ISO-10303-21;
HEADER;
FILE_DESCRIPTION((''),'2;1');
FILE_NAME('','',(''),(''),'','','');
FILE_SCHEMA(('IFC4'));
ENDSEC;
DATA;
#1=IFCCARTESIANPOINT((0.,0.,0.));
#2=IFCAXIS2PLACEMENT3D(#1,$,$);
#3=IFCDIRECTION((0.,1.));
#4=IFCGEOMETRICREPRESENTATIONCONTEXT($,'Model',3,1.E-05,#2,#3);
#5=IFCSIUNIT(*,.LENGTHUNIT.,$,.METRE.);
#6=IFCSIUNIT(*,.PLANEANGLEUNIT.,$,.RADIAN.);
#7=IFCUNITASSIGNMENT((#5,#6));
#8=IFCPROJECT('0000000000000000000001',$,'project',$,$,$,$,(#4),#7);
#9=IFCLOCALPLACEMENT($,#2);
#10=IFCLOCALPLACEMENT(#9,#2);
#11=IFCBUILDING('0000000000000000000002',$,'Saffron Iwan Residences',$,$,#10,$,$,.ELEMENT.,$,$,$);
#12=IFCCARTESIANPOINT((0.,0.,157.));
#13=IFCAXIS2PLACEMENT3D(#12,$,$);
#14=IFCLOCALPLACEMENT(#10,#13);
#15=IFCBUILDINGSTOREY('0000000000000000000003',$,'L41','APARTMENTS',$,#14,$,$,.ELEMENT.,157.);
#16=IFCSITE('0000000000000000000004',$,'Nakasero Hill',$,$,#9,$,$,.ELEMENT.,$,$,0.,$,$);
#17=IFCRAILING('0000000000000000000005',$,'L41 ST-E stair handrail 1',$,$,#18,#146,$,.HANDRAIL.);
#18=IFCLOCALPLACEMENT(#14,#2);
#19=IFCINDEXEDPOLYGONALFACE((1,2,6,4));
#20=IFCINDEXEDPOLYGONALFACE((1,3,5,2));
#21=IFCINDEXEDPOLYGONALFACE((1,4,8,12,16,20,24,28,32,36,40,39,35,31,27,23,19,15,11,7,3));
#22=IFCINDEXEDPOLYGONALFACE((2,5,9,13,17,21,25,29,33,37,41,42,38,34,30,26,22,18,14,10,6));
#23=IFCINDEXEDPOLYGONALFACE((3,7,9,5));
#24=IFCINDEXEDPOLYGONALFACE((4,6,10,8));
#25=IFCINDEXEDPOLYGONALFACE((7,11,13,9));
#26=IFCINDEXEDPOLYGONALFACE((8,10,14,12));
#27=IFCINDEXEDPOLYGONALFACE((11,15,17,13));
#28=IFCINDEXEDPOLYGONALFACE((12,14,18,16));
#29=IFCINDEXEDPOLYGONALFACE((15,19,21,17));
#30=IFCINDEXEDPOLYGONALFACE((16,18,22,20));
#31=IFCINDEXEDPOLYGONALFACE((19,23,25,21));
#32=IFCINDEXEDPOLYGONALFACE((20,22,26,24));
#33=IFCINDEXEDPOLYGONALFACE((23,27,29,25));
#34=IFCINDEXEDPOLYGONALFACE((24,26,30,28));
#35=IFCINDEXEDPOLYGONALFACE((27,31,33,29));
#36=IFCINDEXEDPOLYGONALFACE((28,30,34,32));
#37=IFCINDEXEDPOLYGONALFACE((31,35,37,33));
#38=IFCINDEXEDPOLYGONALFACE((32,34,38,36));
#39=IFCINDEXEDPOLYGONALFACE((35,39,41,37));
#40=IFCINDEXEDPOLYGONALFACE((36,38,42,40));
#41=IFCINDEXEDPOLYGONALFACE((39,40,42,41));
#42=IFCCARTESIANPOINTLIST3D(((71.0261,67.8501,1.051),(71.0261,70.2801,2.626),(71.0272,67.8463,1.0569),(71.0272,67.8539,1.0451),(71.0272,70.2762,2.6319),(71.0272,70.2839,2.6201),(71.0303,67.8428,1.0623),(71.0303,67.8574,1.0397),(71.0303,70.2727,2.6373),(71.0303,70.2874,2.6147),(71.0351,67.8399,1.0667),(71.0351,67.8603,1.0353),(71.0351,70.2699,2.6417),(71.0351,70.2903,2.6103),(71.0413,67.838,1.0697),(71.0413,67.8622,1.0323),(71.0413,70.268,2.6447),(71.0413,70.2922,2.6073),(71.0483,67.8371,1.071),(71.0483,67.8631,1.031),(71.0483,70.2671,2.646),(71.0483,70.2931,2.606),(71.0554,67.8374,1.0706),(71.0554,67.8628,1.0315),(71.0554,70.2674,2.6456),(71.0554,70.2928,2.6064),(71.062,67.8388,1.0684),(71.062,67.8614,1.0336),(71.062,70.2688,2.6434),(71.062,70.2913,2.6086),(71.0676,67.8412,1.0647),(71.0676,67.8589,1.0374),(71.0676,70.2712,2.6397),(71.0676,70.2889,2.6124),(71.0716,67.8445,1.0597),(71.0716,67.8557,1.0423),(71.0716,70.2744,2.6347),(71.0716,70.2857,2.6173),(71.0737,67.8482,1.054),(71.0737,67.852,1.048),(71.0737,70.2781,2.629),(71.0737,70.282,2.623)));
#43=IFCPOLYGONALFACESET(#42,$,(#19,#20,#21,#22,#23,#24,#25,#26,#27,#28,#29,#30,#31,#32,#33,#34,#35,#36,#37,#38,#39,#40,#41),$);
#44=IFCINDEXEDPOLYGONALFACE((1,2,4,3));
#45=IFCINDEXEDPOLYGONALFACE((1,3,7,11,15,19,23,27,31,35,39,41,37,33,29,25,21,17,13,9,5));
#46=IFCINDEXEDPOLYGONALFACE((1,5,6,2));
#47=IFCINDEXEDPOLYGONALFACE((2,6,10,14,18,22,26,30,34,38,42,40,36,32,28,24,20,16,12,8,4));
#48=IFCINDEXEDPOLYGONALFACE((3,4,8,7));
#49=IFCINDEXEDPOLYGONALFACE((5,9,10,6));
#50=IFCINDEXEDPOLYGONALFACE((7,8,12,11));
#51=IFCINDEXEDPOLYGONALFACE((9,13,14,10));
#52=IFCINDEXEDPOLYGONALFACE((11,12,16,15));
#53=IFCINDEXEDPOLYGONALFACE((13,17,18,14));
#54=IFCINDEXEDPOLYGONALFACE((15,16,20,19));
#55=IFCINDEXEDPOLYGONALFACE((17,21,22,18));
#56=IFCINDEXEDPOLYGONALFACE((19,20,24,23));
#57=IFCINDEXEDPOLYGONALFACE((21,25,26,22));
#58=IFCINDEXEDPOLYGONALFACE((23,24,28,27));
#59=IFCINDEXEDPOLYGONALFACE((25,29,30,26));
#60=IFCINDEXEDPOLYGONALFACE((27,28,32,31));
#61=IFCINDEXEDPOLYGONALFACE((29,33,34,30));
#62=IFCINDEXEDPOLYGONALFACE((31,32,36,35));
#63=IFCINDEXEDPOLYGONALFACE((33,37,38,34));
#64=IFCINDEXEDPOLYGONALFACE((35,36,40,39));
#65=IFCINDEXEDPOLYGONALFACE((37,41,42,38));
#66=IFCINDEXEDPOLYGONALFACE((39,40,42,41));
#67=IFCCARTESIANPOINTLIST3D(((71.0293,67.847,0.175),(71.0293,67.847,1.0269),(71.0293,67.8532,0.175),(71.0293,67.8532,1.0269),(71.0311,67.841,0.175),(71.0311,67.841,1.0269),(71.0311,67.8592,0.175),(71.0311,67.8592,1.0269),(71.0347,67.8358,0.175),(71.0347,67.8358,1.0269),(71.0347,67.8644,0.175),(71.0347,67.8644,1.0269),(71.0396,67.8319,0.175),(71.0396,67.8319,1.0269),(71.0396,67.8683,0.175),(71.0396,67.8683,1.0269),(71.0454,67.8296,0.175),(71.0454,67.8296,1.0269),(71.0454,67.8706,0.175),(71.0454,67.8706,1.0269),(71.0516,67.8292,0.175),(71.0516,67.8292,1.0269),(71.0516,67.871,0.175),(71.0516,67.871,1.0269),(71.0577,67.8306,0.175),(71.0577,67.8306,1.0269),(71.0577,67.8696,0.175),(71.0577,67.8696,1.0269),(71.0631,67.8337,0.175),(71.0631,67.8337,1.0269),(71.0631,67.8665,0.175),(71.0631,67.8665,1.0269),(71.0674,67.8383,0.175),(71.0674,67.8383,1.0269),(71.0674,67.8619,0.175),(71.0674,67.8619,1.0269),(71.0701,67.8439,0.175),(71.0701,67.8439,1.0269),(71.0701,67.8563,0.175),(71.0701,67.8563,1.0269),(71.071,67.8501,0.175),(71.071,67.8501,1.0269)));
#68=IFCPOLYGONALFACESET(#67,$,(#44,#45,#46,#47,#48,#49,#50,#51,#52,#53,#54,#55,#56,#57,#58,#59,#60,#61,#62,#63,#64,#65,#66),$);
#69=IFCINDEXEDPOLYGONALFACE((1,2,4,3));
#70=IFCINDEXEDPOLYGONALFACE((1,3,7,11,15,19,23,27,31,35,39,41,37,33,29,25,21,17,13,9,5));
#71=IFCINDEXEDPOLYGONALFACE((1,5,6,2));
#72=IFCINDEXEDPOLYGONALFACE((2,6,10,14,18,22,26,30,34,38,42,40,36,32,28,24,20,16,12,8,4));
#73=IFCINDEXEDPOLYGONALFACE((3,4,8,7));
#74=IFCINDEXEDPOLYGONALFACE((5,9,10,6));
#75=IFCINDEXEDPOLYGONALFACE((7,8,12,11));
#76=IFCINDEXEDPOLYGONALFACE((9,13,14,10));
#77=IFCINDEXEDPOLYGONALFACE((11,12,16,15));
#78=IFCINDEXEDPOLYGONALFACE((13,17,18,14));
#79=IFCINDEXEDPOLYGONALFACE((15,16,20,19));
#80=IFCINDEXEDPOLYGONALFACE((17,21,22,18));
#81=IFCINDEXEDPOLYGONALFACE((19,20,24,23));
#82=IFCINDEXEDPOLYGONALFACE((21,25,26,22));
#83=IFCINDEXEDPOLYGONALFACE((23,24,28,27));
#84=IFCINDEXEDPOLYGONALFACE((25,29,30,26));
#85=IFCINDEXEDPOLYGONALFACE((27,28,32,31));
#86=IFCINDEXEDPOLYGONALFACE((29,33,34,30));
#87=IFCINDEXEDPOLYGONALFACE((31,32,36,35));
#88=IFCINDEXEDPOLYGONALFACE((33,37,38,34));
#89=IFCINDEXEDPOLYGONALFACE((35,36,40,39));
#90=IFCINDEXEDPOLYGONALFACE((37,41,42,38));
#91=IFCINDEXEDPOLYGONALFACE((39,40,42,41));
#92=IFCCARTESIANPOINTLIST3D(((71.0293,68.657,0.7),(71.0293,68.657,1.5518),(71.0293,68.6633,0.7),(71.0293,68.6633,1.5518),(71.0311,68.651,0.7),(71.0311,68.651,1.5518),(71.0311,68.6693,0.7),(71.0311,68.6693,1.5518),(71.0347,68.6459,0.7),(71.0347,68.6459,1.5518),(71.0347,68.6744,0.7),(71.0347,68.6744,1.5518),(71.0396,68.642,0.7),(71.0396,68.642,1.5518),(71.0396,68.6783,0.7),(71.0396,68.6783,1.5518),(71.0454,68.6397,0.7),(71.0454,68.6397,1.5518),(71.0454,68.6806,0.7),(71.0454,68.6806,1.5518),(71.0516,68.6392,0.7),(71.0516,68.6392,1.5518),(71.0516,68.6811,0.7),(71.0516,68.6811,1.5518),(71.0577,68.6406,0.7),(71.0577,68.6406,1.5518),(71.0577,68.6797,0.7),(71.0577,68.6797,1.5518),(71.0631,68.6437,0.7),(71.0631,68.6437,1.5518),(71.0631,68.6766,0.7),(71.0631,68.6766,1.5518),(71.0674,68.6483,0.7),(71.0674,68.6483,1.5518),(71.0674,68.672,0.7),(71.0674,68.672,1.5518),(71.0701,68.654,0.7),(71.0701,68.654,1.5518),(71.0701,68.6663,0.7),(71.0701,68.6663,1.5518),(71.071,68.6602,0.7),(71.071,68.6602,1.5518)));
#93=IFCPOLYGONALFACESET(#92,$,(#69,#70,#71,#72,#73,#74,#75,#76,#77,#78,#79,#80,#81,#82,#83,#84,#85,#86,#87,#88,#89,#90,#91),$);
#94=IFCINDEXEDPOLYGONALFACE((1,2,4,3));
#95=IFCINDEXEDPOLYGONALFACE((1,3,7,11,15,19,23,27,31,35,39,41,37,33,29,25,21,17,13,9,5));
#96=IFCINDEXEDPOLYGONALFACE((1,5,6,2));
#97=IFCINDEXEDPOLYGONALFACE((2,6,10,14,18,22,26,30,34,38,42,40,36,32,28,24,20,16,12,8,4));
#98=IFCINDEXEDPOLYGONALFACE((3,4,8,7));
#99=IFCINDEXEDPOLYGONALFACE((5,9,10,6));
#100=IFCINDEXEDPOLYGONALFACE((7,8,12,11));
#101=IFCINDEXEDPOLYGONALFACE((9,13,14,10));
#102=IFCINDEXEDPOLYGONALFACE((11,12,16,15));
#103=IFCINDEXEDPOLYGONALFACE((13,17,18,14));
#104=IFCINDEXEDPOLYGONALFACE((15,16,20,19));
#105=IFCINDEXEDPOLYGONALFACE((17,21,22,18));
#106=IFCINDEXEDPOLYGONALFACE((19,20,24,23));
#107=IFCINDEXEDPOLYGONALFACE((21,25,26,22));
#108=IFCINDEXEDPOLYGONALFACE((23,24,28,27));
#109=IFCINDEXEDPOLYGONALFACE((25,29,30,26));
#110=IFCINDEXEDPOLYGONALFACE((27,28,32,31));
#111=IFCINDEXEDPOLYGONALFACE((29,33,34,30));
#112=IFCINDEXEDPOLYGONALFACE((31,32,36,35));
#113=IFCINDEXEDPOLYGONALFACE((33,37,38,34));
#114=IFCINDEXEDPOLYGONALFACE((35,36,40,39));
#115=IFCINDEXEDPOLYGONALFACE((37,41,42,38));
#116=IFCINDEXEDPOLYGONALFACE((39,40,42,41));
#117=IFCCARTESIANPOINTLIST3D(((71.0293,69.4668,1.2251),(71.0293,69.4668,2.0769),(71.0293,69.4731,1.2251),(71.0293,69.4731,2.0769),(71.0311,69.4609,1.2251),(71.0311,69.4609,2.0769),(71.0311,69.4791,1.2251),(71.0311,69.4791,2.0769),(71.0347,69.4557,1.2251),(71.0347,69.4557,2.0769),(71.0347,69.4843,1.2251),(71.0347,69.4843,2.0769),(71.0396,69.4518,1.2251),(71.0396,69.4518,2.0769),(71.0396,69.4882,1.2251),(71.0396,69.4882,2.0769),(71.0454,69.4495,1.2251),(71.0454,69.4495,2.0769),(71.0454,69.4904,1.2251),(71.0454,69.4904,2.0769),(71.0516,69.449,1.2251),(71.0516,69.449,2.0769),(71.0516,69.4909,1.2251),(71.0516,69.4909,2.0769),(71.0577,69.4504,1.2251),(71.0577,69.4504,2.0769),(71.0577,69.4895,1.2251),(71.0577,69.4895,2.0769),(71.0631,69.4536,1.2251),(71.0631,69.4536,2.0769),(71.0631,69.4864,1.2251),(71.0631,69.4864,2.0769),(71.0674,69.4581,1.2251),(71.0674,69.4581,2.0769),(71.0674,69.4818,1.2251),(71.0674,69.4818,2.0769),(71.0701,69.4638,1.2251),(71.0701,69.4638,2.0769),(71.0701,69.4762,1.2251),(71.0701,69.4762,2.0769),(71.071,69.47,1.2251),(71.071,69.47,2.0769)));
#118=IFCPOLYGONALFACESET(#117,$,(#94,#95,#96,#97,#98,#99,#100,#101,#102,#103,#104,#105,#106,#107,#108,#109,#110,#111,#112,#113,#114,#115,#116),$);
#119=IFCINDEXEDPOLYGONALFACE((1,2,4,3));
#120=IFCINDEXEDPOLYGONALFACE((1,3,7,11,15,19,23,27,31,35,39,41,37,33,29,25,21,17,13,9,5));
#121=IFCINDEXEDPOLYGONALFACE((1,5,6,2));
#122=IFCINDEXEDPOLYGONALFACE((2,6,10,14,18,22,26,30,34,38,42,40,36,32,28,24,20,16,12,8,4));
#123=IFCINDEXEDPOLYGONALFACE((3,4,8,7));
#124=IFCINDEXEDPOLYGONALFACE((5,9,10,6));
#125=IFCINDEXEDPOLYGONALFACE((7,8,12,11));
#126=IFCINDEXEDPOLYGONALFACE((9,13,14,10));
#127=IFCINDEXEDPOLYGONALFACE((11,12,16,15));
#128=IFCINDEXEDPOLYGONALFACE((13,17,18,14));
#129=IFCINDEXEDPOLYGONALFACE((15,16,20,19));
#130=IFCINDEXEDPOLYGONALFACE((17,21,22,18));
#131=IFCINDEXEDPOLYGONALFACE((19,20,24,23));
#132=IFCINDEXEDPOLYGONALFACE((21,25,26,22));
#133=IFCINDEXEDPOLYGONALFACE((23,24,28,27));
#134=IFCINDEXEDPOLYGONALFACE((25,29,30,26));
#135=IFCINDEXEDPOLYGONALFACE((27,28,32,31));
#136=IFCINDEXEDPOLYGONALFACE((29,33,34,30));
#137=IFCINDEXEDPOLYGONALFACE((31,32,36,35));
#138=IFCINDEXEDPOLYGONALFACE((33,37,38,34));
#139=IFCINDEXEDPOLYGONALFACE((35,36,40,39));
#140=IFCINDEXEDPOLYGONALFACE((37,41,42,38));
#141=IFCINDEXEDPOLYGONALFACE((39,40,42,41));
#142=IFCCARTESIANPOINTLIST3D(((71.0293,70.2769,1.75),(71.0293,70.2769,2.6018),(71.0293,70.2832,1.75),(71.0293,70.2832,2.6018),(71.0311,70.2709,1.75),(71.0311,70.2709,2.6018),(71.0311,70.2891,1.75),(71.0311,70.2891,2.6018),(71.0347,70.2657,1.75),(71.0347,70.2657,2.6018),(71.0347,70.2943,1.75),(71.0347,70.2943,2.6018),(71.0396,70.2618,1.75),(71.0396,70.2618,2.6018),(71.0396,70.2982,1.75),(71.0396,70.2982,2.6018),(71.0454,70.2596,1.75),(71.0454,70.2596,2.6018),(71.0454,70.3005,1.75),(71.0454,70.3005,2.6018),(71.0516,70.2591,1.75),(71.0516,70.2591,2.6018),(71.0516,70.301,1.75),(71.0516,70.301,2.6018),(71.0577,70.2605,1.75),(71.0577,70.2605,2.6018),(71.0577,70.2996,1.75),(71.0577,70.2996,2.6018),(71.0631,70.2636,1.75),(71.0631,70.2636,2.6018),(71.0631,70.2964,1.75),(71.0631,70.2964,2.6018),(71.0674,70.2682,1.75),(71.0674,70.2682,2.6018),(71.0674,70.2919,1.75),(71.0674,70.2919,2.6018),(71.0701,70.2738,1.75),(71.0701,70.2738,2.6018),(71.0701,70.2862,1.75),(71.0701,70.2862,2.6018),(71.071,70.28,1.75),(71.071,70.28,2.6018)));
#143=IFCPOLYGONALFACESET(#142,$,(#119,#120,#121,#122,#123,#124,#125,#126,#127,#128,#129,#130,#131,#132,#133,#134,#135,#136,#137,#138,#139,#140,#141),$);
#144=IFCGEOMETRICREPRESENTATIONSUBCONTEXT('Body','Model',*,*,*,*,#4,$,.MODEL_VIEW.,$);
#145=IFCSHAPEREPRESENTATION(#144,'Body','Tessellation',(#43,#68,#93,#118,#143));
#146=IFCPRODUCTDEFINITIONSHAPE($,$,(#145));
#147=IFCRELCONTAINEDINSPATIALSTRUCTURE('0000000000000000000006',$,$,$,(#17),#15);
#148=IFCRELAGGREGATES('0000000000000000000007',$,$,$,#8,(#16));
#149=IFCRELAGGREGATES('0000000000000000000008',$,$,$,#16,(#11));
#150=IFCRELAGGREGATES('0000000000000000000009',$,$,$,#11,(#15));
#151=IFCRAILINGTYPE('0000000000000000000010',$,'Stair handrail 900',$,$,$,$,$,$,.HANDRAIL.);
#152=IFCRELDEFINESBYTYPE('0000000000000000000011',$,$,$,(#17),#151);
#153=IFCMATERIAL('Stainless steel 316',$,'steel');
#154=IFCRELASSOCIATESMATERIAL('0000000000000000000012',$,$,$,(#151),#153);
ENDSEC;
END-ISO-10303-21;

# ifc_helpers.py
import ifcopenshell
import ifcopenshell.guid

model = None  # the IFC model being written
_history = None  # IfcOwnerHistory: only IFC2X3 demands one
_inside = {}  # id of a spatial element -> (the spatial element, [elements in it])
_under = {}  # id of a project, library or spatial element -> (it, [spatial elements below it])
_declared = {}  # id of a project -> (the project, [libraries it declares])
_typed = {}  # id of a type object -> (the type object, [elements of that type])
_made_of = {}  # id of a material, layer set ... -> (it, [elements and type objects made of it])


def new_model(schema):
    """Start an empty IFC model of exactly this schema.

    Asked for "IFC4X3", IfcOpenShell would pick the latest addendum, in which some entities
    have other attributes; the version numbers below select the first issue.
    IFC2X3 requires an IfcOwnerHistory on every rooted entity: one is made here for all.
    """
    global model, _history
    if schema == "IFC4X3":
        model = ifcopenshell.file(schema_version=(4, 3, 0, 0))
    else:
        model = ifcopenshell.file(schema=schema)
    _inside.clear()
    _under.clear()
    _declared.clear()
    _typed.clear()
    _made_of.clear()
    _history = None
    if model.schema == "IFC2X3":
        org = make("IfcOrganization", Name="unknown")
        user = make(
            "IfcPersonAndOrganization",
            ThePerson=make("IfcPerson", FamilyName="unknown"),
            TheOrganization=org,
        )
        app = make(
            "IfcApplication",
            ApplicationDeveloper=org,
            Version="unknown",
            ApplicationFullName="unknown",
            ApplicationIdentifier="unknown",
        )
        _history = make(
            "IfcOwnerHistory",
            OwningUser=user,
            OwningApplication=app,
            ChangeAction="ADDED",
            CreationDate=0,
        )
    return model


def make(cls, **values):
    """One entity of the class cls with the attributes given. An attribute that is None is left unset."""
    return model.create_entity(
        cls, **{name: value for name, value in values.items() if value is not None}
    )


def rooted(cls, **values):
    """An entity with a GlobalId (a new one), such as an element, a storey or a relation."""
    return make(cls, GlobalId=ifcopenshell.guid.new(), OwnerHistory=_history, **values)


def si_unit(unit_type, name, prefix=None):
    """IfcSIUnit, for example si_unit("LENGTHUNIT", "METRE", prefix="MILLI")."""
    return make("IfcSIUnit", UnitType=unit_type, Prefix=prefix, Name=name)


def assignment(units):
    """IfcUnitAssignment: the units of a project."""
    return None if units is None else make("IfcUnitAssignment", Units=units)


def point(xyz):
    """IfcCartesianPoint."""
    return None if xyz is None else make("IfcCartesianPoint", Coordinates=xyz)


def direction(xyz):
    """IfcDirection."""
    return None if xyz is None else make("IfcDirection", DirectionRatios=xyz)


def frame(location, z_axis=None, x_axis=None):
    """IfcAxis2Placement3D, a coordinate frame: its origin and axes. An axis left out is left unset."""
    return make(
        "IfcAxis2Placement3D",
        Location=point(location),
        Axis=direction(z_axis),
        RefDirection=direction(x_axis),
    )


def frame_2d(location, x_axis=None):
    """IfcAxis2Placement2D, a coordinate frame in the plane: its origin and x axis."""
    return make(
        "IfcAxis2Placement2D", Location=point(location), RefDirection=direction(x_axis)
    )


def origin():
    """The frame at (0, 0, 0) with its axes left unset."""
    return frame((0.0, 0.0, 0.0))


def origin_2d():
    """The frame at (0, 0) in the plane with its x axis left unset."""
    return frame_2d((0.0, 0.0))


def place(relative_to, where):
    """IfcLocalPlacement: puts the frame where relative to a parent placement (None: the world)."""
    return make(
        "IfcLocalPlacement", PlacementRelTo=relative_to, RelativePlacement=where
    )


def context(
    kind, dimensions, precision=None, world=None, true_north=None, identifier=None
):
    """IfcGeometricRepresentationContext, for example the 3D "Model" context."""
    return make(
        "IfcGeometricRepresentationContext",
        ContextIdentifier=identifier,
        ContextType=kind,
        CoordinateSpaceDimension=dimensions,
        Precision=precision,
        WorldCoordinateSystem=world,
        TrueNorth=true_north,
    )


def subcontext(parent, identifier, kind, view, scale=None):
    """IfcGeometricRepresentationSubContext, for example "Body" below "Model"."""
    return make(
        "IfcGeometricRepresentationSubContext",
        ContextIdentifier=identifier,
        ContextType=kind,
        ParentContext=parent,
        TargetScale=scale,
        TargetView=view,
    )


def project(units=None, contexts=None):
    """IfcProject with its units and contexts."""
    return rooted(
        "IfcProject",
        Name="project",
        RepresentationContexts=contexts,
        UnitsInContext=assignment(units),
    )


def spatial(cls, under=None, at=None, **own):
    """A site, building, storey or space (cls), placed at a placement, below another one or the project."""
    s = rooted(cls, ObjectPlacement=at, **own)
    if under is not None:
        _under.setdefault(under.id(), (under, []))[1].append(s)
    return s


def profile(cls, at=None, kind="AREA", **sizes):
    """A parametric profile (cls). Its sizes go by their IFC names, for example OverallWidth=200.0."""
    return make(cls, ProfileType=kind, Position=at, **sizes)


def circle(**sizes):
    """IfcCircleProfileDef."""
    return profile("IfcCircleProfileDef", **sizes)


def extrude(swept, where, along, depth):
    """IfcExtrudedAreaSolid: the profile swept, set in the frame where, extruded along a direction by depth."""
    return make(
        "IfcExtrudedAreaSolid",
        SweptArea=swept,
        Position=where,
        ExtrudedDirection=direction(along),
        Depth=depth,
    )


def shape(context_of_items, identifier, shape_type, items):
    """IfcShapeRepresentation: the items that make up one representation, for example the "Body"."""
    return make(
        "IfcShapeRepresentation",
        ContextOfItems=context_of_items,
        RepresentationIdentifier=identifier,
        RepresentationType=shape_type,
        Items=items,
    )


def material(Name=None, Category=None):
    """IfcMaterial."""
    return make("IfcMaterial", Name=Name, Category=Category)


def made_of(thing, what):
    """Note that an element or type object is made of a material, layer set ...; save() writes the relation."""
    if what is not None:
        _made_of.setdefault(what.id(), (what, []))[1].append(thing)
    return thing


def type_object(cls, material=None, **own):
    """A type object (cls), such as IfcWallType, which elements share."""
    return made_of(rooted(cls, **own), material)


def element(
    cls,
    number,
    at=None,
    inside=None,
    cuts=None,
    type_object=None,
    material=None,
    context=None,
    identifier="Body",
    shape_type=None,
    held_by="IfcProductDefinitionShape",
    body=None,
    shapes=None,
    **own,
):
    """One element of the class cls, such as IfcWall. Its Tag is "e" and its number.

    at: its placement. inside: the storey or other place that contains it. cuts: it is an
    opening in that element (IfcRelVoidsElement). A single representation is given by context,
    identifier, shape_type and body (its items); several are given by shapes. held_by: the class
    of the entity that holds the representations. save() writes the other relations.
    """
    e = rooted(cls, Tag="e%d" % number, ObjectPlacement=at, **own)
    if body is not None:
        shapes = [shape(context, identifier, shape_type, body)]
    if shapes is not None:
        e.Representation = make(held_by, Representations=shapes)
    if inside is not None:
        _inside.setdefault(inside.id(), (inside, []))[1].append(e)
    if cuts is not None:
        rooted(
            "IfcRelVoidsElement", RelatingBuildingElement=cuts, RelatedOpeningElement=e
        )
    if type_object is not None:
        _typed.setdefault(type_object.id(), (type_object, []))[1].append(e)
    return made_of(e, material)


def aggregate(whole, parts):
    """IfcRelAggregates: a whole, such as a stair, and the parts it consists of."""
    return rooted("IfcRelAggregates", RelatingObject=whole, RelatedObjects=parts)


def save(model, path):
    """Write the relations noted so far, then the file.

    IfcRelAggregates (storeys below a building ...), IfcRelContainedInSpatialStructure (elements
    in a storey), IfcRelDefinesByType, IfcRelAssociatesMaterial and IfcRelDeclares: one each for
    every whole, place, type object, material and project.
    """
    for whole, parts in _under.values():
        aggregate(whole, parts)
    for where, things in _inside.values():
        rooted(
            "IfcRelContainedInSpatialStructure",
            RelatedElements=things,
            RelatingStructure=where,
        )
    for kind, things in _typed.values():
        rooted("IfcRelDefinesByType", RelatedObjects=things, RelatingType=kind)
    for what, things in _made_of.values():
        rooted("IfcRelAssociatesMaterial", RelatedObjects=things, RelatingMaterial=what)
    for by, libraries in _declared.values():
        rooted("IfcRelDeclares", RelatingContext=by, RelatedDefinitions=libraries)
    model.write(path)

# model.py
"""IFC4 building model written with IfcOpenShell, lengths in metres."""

from ifc_helpers import new_model, si_unit, direction, frame, origin, origin_2d, place, context, subcontext, project, spatial, circle, extrude, material, type_object, element, save


model = new_model("IFC4")

# Units and contexts
model_context = context("Model", 3, precision=1e-05, world=origin(), true_north=direction((0.0, 1.0)))
body_context = subcontext(model_context, "Body", "Model", "MODEL_VIEW")
ifc_project = project(units=[si_unit("LENGTHUNIT", "METRE"), si_unit("PLANEANGLEUNIT", "RADIAN")], contexts=[model_context])

# Site, building, storey
site_placement = place(None, origin())
site = spatial("IfcSite", under=ifc_project, at=site_placement, Name="Nakasero Hill", CompositionType="ELEMENT", RefElevation=0.0)
building_placement = place(site_placement, origin())
building = spatial("IfcBuilding", under=site, at=building_placement, Name="Saffron Iwan Residences", CompositionType="ELEMENT")
storey_placement = place(building_placement, frame((0.0, 0.0, 157.0)))
storey = spatial("IfcBuildingStorey", under=building, at=storey_placement, Name="L41", Description="APARTMENTS", CompositionType="ELEMENT", Elevation=157.0)

# Railing
ifc_material_1 = material(Name="Stainless steel 316", Category="steel")
railing_type_1 = type_object("IfcRailingType", Name="Stair handrail 900", PredefinedType="HANDRAIL", material=ifc_material_1)
railing_1_placement = place(storey_placement, frame((71.05, 67.8501, 0.175)))
element("IfcRailing", 1, at=railing_1_placement, inside=storey, type_object=railing_type_1, Name="L41 ST-E stair handrail 1", PredefinedType="HANDRAIL", context=body_context, shape_type="SweptSolid", body=[
    extrude(circle(Radius=0.0239, at=origin_2d()), frame((0.0, 0.0, 0.876), z_axis=(0.0, 0.839154, 0.543894), x_axis=(-1.0, 0.0, 0.0)), (0.0, 0.0, 1.0), 2.8958),
    extrude(circle(Radius=0.021, at=origin_2d()), origin(), (0.0, 0.0, 1.0), 0.8518),
    extrude(circle(Radius=0.021, at=origin_2d()), frame((0.0, 0.8101, 0.5249)), (0.0, 0.0, 1.0), 0.8518),
    extrude(circle(Radius=0.021, at=origin_2d()), frame((0.0, 1.6199, 1.05)), (0.0, 0.0, 1.0), 0.8518),
    extrude(circle(Radius=0.021, at=origin_2d()), frame((0.0, 2.4299, 1.575)), (0.0, 0.0, 1.0), 0.8518),
])

save(model, "model.ifc")
